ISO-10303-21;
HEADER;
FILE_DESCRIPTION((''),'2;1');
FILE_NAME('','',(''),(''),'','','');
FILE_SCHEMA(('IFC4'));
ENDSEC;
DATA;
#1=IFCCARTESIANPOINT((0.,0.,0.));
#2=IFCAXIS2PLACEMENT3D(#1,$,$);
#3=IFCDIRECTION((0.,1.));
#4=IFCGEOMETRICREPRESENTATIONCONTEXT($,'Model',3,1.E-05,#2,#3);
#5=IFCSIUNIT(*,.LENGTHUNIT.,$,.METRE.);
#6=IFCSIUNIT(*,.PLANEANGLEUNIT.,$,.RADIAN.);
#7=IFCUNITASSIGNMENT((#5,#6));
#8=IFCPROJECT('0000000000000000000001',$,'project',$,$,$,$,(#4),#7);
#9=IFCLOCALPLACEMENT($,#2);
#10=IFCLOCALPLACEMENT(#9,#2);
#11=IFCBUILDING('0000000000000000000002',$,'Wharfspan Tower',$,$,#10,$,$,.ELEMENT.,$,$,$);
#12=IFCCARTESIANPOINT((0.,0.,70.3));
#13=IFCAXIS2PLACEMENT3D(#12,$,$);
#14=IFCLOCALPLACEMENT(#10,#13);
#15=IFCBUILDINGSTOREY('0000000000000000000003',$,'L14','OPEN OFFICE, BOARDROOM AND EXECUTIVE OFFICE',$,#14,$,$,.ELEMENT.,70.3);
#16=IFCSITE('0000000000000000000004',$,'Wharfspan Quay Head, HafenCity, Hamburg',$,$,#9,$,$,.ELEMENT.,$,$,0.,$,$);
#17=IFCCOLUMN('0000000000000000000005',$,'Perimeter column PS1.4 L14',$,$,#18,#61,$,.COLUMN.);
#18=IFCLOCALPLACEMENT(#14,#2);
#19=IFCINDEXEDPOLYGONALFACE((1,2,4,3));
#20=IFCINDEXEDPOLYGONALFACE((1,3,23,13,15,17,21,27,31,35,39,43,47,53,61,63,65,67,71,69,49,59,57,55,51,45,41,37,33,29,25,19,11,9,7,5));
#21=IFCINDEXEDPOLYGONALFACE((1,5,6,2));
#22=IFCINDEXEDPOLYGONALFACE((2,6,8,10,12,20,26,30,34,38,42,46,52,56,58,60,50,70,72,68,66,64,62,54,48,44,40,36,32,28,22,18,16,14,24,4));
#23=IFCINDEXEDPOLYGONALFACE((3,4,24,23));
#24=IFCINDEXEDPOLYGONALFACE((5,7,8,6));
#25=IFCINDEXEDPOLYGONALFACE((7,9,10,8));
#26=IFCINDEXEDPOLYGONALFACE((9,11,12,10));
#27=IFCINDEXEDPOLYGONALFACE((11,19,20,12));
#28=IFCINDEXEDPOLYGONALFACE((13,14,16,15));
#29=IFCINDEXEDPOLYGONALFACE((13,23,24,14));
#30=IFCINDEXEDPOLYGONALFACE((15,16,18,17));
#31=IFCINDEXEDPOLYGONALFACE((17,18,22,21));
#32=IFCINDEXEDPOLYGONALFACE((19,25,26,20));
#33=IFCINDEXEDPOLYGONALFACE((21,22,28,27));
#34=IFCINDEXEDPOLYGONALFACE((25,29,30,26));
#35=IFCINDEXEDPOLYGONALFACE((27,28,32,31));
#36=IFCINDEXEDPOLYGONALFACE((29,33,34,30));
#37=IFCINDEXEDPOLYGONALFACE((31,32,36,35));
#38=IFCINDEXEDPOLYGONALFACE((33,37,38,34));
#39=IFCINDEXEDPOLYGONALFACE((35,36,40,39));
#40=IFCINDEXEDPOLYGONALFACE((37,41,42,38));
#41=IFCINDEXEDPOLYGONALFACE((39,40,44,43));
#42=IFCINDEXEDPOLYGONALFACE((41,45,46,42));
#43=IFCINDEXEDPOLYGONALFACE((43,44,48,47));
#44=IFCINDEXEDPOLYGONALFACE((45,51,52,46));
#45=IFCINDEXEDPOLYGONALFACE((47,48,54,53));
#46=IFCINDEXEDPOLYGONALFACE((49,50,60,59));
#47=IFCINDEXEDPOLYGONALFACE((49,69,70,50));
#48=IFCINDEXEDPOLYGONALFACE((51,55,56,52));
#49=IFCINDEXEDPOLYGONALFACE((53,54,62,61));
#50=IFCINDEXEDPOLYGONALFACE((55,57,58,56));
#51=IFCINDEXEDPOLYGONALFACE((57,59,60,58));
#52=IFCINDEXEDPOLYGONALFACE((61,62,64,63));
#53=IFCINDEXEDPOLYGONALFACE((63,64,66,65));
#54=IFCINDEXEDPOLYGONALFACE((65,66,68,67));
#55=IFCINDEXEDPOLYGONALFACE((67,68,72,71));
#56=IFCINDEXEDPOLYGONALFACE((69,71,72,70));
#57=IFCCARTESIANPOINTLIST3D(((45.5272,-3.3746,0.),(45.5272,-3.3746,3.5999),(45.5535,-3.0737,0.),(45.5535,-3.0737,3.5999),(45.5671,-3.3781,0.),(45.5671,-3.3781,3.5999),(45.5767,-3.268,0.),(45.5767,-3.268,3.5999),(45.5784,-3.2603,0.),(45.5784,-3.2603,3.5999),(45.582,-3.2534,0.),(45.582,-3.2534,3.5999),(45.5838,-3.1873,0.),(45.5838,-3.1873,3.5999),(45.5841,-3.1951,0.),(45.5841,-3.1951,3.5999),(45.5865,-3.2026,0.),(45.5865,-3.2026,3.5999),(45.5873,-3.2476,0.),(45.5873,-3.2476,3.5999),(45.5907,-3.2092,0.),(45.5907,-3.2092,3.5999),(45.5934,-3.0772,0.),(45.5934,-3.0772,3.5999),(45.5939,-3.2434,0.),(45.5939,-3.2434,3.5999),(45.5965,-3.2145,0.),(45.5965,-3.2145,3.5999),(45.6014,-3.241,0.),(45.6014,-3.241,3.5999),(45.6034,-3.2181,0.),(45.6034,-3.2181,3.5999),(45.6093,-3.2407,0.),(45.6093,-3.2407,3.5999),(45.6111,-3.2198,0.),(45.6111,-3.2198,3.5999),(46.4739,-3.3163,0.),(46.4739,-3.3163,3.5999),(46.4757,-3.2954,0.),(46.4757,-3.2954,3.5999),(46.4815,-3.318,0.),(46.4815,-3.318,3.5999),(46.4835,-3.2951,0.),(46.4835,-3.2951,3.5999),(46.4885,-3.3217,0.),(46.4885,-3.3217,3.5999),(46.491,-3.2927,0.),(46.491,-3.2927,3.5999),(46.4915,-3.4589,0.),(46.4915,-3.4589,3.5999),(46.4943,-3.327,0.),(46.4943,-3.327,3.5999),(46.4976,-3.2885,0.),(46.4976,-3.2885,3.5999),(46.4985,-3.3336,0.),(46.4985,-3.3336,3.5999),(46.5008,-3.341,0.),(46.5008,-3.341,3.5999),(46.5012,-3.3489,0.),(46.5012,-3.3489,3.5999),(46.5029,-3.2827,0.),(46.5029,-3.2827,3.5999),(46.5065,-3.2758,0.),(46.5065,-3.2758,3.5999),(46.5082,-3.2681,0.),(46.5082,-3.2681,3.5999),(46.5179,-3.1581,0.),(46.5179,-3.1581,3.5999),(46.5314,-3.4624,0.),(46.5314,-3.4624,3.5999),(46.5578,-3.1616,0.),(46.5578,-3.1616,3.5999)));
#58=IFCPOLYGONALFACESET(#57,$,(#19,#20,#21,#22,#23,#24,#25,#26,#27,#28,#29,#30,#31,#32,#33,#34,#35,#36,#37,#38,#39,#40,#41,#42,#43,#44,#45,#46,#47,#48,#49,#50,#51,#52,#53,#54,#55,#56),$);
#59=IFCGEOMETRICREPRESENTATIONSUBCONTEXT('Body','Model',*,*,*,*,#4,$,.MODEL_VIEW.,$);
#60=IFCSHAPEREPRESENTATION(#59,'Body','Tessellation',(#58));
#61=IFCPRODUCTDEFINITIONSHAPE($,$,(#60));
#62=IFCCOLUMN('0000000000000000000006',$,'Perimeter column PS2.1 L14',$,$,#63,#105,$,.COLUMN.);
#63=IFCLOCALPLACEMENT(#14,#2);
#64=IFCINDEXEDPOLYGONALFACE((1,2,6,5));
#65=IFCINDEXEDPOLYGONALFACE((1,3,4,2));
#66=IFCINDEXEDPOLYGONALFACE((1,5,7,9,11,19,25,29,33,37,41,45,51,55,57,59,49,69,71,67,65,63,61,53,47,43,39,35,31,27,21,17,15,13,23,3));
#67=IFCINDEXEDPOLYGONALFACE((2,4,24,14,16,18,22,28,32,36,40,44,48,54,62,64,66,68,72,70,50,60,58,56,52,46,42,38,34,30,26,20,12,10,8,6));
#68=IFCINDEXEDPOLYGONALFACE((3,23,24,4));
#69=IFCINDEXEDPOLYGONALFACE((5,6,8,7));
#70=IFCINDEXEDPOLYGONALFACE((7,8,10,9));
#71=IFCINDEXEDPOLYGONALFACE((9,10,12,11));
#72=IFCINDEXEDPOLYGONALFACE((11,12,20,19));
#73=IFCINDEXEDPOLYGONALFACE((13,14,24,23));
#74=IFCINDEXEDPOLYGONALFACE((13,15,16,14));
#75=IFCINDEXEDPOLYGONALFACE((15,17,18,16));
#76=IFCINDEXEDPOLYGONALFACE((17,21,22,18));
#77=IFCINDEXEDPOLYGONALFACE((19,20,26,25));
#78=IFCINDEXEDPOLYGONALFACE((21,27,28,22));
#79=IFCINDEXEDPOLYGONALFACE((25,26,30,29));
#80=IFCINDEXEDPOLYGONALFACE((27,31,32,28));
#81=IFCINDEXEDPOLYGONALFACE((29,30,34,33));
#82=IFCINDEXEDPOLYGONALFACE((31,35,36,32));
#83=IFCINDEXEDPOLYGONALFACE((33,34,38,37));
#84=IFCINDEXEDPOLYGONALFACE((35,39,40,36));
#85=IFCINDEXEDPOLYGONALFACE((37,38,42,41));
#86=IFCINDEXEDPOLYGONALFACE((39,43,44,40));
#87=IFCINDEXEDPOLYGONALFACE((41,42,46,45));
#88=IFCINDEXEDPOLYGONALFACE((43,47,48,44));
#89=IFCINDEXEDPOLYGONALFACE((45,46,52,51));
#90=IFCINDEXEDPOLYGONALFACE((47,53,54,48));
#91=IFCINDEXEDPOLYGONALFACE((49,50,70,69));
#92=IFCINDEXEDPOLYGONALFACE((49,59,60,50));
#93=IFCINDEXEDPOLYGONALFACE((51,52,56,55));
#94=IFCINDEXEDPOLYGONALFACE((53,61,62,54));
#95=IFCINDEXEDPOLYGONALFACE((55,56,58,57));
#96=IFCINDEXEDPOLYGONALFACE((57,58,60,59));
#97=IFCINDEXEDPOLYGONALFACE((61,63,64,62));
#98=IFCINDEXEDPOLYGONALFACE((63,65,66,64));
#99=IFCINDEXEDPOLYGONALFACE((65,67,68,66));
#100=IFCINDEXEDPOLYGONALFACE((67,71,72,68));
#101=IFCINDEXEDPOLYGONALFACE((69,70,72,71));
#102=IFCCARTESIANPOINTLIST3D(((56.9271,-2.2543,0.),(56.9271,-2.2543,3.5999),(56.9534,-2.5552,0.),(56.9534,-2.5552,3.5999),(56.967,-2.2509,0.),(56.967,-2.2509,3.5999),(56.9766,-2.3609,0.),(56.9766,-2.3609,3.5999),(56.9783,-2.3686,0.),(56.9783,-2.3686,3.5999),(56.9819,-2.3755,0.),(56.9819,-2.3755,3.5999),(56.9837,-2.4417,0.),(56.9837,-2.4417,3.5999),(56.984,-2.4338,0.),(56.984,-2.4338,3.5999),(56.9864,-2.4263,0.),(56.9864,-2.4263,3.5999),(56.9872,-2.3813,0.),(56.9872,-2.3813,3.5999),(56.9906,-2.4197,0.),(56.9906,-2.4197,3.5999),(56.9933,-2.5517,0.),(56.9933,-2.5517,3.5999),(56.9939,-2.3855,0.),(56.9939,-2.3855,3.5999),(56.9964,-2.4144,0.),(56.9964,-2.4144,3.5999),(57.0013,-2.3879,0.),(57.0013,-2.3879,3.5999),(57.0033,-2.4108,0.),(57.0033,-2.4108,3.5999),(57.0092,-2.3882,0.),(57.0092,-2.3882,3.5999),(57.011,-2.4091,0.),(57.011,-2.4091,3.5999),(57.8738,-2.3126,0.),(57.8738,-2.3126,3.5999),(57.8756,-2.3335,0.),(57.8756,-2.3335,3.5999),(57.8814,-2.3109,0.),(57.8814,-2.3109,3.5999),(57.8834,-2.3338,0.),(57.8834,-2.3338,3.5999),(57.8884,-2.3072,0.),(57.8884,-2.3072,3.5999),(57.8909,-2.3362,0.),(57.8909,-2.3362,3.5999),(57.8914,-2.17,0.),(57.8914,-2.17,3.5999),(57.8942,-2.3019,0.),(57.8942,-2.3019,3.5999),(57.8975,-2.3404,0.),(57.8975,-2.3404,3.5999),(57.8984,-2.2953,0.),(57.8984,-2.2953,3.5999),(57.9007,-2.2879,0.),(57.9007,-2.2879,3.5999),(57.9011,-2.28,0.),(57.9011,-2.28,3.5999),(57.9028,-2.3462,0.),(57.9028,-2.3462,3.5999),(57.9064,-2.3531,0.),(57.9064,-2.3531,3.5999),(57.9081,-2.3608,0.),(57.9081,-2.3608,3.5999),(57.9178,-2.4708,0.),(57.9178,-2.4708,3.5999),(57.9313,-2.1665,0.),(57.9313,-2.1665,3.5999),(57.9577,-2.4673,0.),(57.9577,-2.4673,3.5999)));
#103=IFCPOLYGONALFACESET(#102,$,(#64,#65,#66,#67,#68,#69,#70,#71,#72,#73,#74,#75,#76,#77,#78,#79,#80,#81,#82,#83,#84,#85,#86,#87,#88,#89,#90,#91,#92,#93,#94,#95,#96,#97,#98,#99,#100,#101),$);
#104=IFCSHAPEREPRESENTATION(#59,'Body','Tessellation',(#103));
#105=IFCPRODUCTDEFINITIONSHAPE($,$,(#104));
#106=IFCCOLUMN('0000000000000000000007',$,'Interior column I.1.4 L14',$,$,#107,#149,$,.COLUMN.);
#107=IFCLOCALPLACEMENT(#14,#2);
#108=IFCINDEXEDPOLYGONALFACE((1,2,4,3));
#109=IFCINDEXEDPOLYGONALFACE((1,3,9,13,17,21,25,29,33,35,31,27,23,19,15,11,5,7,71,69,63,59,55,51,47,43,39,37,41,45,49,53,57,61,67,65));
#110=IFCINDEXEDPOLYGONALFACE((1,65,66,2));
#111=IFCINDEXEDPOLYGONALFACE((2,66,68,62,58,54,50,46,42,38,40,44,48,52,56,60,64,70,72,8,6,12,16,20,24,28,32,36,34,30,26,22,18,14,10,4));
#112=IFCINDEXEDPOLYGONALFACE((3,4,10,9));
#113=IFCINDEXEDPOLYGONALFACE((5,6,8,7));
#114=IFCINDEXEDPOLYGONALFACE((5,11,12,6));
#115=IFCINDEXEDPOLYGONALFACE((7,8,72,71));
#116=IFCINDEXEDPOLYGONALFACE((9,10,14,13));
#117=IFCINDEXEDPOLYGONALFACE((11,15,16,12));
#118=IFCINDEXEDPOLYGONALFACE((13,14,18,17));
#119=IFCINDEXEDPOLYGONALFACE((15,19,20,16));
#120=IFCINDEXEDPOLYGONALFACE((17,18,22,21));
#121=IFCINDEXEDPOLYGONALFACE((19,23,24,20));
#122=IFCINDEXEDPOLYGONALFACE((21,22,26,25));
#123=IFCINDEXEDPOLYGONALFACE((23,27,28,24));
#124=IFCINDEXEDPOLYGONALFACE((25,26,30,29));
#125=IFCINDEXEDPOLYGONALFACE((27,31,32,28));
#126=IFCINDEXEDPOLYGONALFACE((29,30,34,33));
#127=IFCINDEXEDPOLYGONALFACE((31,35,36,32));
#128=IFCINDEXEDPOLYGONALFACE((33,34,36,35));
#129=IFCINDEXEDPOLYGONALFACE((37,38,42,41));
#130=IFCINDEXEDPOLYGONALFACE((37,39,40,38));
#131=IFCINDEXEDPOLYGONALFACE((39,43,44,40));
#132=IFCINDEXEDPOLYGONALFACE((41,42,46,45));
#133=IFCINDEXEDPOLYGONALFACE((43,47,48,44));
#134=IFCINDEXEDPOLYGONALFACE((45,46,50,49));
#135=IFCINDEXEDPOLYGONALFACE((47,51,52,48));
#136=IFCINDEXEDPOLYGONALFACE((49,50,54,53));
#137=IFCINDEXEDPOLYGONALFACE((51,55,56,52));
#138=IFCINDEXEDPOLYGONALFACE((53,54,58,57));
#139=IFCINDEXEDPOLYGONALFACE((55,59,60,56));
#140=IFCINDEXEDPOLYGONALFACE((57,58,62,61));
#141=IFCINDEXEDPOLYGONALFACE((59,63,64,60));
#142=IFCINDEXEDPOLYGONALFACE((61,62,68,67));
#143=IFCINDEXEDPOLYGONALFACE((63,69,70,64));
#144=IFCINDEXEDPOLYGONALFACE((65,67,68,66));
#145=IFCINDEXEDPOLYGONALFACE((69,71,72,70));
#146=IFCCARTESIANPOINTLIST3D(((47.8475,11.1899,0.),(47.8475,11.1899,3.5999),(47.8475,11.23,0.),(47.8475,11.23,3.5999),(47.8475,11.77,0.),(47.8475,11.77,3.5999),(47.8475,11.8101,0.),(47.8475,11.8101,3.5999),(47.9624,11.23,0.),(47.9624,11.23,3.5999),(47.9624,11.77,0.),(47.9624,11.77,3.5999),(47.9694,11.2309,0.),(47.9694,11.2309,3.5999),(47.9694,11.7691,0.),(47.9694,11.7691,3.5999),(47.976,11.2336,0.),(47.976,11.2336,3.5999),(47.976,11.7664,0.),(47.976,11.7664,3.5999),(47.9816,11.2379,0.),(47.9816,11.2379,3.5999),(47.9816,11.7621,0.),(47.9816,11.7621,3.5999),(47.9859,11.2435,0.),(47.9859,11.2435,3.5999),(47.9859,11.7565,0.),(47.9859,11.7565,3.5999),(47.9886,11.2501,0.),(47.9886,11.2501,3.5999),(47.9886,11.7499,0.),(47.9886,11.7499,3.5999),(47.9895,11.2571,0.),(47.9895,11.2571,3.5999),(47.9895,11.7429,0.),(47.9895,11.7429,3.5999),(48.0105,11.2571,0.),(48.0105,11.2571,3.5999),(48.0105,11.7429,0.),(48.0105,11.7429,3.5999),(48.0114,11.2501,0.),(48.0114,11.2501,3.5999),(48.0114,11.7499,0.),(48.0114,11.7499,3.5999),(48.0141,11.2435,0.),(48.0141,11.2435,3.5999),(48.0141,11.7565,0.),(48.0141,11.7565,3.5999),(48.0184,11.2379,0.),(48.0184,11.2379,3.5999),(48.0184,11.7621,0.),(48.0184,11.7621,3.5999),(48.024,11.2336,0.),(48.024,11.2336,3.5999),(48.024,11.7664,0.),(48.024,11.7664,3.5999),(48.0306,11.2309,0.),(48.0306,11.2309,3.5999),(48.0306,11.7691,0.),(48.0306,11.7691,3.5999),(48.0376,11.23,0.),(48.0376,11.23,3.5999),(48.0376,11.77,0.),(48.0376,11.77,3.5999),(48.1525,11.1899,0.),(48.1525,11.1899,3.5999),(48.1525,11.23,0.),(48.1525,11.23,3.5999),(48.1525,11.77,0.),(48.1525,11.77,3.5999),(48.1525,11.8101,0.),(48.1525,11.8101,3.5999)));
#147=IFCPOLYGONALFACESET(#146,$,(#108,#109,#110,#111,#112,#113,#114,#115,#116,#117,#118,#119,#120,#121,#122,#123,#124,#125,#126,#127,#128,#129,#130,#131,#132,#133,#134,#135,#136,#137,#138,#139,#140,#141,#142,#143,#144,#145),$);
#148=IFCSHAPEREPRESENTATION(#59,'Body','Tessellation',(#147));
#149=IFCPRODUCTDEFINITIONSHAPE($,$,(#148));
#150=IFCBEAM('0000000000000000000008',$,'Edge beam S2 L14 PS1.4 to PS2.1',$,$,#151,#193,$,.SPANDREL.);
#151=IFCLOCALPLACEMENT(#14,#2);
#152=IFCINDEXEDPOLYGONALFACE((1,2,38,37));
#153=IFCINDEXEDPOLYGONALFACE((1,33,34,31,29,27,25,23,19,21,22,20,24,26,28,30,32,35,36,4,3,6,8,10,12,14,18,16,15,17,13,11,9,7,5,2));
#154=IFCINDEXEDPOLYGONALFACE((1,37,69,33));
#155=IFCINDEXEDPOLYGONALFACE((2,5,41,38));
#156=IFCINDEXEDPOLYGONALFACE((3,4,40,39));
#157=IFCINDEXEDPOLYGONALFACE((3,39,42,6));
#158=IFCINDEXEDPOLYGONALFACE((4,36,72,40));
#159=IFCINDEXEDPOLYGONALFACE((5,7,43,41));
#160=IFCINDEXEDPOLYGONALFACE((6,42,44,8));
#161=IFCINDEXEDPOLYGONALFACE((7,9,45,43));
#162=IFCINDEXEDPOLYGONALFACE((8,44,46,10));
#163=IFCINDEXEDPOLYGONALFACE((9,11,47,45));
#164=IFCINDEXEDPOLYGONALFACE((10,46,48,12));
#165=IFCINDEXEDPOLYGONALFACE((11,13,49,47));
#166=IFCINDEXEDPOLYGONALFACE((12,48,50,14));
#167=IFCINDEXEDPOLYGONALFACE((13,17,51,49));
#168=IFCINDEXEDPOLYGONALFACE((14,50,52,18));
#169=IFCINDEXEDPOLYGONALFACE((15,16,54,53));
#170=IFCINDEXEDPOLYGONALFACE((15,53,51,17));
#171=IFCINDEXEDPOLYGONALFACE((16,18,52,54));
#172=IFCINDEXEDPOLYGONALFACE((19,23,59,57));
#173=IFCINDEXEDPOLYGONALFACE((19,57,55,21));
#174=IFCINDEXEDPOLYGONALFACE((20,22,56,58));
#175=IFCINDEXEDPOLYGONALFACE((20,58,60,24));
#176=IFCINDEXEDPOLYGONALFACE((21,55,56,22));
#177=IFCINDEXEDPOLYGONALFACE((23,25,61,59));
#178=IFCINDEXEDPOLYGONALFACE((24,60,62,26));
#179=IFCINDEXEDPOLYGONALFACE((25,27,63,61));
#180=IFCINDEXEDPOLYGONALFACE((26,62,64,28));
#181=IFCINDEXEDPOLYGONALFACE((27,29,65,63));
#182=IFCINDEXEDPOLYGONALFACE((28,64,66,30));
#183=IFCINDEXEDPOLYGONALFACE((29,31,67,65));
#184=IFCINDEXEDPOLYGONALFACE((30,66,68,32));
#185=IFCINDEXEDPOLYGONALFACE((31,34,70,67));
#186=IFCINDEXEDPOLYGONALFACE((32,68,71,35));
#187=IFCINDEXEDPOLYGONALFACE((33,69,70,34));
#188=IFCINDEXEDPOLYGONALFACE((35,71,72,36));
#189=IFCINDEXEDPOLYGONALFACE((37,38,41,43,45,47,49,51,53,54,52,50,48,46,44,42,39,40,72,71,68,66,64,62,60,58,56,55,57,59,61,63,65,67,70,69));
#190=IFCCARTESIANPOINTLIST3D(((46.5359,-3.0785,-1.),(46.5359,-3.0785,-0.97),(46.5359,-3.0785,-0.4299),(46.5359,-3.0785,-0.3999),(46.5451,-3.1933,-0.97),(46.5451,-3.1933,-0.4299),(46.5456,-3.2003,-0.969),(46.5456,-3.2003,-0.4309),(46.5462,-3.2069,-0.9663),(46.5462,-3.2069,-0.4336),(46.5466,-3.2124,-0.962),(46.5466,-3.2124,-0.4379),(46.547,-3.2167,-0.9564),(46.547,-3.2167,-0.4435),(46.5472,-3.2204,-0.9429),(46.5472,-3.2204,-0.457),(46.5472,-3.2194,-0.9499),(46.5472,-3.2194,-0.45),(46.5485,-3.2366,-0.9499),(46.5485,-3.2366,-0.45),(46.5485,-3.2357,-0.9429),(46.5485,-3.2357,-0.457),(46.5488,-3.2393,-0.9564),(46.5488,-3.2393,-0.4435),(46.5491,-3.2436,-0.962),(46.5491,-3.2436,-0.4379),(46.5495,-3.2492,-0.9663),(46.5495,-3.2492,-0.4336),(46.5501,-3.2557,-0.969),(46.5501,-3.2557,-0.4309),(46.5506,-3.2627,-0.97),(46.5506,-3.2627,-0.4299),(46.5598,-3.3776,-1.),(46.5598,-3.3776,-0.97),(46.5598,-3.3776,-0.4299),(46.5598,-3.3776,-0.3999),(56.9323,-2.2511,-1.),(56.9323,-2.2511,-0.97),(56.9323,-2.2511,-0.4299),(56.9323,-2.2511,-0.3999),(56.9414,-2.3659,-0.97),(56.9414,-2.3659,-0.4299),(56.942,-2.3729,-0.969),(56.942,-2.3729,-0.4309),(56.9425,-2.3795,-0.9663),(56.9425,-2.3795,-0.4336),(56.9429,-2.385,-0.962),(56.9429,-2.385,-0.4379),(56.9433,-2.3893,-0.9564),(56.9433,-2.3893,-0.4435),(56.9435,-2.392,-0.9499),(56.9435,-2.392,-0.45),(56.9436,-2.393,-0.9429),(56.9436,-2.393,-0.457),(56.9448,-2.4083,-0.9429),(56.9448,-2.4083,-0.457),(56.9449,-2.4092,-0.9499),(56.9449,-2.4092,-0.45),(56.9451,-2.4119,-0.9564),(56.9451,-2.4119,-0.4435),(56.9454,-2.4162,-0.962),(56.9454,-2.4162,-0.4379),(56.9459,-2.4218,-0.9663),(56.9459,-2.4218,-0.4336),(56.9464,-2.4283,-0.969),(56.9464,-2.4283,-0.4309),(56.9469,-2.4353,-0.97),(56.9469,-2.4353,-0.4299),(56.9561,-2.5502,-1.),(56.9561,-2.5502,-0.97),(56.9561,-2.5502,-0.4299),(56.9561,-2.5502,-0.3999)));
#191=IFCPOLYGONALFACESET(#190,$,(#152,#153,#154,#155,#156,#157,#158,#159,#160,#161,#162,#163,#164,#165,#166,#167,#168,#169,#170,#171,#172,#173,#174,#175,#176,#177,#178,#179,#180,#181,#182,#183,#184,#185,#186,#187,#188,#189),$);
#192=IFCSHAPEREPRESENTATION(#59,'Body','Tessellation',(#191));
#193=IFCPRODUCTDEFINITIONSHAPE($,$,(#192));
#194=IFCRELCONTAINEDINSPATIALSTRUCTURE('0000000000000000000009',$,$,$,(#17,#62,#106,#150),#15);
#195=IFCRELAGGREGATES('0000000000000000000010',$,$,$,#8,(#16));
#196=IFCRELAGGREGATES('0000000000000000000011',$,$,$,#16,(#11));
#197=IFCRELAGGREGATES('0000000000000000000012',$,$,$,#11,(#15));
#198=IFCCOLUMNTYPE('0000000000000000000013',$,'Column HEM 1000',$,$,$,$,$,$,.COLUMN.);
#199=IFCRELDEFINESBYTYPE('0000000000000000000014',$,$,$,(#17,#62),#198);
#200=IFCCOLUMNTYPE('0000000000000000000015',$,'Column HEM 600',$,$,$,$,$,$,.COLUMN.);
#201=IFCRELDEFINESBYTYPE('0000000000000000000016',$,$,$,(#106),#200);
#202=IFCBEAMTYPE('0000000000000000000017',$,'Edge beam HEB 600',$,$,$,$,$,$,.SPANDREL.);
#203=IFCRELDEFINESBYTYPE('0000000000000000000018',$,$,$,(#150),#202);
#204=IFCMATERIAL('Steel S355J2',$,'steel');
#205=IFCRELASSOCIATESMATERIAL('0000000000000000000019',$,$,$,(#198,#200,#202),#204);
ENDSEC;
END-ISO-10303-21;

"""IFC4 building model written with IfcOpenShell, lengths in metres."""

from ifc_helpers import new_model, si_unit, direction, frame, origin, origin_2d, place, context, subcontext, project, spatial, i_section, extrude, material, material_profile, profile_set, type_object, element, save


model = new_model("IFC4")

# Units and contexts
model_context = context("Model", 3, precision=1e-05, world=origin(), true_north=direction((0.0, 1.0)))
body_context = subcontext(model_context, "Body", "Model", "MODEL_VIEW")
ifc_project = project(units=[si_unit("LENGTHUNIT", "METRE"), si_unit("PLANEANGLEUNIT", "RADIAN")], contexts=[model_context])

# Site, building, storey
site_placement = place(None, origin())
site = spatial("IfcSite", under=ifc_project, at=site_placement, Name="Wharfspan Quay Head, HafenCity, Hamburg", CompositionType="ELEMENT", RefElevation=0.0)
building_placement = place(site_placement, origin())
building = spatial("IfcBuilding", under=site, at=building_placement, Name="Wharfspan Tower", CompositionType="ELEMENT")
storey_placement = place(building_placement, frame((0.0, 0.0, 70.3)))
storey = spatial("IfcBuildingStorey", under=building, at=storey_placement, Name="L14", Description="OPEN OFFICE, BOARDROOM AND EXECUTIVE OFFICE", CompositionType="ELEMENT", Elevation=70.3)

# Columns
ifc_material_1 = material(Name="Steel S355J2", Category="steel")
ifc_material_profile_1 = material_profile(ifc_material_1, i_section(OverallWidth=0.302, OverallDepth=1.0081, WebThickness=0.021, FlangeThickness=0.04, FilletRadius=0.03, at=origin_2d()))
ifc_profile_set_1 = profile_set([ifc_material_profile_1], Name="Steel S355J2")
column_type_1 = type_object("IfcColumnType", Name="Column HEM 1000", PredefinedType="COLUMN", material=ifc_profile_set_1)
for number, where, z_axis, x_axis, name in (
    (1, (46.0425, -3.2681, 0.0), (0.0, 0.0, 1.0), (-0.087156, -0.996198, 0.0), "Perimeter column PS1.4 L14"),
    (2, (57.4424, -2.3608, 0.0), (0.0, 0.0, 1.0), (0.087156, -0.996198, 0.0), "Perimeter column PS2.1 L14"),
):
    element("IfcColumn", number, at=place(storey_placement, frame(where, z_axis=z_axis, x_axis=x_axis)), inside=storey, type_object=column_type_1, Name=name, PredefinedType="COLUMN", context=body_context, shape_type="SweptSolid", body=[
        extrude(i_section(OverallWidth=0.302, OverallDepth=1.0081, WebThickness=0.021, FlangeThickness=0.04, FilletRadius=0.03, at=origin_2d()), origin(), (0.0, 0.0, 1.0), 3.5999),
    ])
ifc_material_profile_2 = material_profile(ifc_material_1, i_section(OverallWidth=0.3049, OverallDepth=0.6201, WebThickness=0.021, FlangeThickness=0.04, FilletRadius=0.0271, at=origin_2d()))
ifc_profile_set_2 = profile_set([ifc_material_profile_2], Name="Steel S355J2")
column_type_2 = type_object("IfcColumnType", Name="Column HEM 600", PredefinedType="COLUMN", material=ifc_profile_set_2)
column_placement = place(storey_placement, frame((48.0, 11.5, 0.0), z_axis=(0.0, 0.0, 1.0), x_axis=(1.0, 0.0, 0.0)))
element("IfcColumn", 3, at=column_placement, inside=storey, type_object=column_type_2, Name="Interior column I.1.4 L14", PredefinedType="COLUMN", context=body_context, shape_type="SweptSolid", body=[
    extrude(i_section(OverallWidth=0.3049, OverallDepth=0.6201, WebThickness=0.021, FlangeThickness=0.04, FilletRadius=0.0271, at=origin_2d()), origin(), (0.0, 0.0, 1.0), 3.5999),
])

# Beam
ifc_material_profile_3 = material_profile(ifc_material_1, i_section(OverallWidth=0.3, OverallDepth=0.6001, WebThickness=0.0154, FlangeThickness=0.03, FilletRadius=0.0271, at=origin_2d()))
ifc_profile_set_3 = profile_set([ifc_material_profile_3], Name="Steel S355J2")
beam_type = type_object("IfcBeamType", Name="Edge beam HEB 600", PredefinedType="SPANDREL", material=ifc_profile_set_3)
beam_1_placement = place(storey_placement, frame((46.5479, -3.228, -0.7), z_axis=(0.996848, 0.079335, 0.0), x_axis=(-0.079335, 0.996848, 0.0)))
element("IfcBeam", 4, at=beam_1_placement, inside=storey, type_object=beam_type, Name="Edge beam S2 L14 PS1.4 to PS2.1", PredefinedType="SPANDREL", context=body_context, shape_type="SweptSolid", body=[
    extrude(i_section(OverallWidth=0.3, OverallDepth=0.6001, WebThickness=0.0154, FlangeThickness=0.03, FilletRadius=0.0271, at=origin_2d()), origin(), (0.0, 0.0, 1.0), 10.4292),
])

save(model, "model.ifc")
